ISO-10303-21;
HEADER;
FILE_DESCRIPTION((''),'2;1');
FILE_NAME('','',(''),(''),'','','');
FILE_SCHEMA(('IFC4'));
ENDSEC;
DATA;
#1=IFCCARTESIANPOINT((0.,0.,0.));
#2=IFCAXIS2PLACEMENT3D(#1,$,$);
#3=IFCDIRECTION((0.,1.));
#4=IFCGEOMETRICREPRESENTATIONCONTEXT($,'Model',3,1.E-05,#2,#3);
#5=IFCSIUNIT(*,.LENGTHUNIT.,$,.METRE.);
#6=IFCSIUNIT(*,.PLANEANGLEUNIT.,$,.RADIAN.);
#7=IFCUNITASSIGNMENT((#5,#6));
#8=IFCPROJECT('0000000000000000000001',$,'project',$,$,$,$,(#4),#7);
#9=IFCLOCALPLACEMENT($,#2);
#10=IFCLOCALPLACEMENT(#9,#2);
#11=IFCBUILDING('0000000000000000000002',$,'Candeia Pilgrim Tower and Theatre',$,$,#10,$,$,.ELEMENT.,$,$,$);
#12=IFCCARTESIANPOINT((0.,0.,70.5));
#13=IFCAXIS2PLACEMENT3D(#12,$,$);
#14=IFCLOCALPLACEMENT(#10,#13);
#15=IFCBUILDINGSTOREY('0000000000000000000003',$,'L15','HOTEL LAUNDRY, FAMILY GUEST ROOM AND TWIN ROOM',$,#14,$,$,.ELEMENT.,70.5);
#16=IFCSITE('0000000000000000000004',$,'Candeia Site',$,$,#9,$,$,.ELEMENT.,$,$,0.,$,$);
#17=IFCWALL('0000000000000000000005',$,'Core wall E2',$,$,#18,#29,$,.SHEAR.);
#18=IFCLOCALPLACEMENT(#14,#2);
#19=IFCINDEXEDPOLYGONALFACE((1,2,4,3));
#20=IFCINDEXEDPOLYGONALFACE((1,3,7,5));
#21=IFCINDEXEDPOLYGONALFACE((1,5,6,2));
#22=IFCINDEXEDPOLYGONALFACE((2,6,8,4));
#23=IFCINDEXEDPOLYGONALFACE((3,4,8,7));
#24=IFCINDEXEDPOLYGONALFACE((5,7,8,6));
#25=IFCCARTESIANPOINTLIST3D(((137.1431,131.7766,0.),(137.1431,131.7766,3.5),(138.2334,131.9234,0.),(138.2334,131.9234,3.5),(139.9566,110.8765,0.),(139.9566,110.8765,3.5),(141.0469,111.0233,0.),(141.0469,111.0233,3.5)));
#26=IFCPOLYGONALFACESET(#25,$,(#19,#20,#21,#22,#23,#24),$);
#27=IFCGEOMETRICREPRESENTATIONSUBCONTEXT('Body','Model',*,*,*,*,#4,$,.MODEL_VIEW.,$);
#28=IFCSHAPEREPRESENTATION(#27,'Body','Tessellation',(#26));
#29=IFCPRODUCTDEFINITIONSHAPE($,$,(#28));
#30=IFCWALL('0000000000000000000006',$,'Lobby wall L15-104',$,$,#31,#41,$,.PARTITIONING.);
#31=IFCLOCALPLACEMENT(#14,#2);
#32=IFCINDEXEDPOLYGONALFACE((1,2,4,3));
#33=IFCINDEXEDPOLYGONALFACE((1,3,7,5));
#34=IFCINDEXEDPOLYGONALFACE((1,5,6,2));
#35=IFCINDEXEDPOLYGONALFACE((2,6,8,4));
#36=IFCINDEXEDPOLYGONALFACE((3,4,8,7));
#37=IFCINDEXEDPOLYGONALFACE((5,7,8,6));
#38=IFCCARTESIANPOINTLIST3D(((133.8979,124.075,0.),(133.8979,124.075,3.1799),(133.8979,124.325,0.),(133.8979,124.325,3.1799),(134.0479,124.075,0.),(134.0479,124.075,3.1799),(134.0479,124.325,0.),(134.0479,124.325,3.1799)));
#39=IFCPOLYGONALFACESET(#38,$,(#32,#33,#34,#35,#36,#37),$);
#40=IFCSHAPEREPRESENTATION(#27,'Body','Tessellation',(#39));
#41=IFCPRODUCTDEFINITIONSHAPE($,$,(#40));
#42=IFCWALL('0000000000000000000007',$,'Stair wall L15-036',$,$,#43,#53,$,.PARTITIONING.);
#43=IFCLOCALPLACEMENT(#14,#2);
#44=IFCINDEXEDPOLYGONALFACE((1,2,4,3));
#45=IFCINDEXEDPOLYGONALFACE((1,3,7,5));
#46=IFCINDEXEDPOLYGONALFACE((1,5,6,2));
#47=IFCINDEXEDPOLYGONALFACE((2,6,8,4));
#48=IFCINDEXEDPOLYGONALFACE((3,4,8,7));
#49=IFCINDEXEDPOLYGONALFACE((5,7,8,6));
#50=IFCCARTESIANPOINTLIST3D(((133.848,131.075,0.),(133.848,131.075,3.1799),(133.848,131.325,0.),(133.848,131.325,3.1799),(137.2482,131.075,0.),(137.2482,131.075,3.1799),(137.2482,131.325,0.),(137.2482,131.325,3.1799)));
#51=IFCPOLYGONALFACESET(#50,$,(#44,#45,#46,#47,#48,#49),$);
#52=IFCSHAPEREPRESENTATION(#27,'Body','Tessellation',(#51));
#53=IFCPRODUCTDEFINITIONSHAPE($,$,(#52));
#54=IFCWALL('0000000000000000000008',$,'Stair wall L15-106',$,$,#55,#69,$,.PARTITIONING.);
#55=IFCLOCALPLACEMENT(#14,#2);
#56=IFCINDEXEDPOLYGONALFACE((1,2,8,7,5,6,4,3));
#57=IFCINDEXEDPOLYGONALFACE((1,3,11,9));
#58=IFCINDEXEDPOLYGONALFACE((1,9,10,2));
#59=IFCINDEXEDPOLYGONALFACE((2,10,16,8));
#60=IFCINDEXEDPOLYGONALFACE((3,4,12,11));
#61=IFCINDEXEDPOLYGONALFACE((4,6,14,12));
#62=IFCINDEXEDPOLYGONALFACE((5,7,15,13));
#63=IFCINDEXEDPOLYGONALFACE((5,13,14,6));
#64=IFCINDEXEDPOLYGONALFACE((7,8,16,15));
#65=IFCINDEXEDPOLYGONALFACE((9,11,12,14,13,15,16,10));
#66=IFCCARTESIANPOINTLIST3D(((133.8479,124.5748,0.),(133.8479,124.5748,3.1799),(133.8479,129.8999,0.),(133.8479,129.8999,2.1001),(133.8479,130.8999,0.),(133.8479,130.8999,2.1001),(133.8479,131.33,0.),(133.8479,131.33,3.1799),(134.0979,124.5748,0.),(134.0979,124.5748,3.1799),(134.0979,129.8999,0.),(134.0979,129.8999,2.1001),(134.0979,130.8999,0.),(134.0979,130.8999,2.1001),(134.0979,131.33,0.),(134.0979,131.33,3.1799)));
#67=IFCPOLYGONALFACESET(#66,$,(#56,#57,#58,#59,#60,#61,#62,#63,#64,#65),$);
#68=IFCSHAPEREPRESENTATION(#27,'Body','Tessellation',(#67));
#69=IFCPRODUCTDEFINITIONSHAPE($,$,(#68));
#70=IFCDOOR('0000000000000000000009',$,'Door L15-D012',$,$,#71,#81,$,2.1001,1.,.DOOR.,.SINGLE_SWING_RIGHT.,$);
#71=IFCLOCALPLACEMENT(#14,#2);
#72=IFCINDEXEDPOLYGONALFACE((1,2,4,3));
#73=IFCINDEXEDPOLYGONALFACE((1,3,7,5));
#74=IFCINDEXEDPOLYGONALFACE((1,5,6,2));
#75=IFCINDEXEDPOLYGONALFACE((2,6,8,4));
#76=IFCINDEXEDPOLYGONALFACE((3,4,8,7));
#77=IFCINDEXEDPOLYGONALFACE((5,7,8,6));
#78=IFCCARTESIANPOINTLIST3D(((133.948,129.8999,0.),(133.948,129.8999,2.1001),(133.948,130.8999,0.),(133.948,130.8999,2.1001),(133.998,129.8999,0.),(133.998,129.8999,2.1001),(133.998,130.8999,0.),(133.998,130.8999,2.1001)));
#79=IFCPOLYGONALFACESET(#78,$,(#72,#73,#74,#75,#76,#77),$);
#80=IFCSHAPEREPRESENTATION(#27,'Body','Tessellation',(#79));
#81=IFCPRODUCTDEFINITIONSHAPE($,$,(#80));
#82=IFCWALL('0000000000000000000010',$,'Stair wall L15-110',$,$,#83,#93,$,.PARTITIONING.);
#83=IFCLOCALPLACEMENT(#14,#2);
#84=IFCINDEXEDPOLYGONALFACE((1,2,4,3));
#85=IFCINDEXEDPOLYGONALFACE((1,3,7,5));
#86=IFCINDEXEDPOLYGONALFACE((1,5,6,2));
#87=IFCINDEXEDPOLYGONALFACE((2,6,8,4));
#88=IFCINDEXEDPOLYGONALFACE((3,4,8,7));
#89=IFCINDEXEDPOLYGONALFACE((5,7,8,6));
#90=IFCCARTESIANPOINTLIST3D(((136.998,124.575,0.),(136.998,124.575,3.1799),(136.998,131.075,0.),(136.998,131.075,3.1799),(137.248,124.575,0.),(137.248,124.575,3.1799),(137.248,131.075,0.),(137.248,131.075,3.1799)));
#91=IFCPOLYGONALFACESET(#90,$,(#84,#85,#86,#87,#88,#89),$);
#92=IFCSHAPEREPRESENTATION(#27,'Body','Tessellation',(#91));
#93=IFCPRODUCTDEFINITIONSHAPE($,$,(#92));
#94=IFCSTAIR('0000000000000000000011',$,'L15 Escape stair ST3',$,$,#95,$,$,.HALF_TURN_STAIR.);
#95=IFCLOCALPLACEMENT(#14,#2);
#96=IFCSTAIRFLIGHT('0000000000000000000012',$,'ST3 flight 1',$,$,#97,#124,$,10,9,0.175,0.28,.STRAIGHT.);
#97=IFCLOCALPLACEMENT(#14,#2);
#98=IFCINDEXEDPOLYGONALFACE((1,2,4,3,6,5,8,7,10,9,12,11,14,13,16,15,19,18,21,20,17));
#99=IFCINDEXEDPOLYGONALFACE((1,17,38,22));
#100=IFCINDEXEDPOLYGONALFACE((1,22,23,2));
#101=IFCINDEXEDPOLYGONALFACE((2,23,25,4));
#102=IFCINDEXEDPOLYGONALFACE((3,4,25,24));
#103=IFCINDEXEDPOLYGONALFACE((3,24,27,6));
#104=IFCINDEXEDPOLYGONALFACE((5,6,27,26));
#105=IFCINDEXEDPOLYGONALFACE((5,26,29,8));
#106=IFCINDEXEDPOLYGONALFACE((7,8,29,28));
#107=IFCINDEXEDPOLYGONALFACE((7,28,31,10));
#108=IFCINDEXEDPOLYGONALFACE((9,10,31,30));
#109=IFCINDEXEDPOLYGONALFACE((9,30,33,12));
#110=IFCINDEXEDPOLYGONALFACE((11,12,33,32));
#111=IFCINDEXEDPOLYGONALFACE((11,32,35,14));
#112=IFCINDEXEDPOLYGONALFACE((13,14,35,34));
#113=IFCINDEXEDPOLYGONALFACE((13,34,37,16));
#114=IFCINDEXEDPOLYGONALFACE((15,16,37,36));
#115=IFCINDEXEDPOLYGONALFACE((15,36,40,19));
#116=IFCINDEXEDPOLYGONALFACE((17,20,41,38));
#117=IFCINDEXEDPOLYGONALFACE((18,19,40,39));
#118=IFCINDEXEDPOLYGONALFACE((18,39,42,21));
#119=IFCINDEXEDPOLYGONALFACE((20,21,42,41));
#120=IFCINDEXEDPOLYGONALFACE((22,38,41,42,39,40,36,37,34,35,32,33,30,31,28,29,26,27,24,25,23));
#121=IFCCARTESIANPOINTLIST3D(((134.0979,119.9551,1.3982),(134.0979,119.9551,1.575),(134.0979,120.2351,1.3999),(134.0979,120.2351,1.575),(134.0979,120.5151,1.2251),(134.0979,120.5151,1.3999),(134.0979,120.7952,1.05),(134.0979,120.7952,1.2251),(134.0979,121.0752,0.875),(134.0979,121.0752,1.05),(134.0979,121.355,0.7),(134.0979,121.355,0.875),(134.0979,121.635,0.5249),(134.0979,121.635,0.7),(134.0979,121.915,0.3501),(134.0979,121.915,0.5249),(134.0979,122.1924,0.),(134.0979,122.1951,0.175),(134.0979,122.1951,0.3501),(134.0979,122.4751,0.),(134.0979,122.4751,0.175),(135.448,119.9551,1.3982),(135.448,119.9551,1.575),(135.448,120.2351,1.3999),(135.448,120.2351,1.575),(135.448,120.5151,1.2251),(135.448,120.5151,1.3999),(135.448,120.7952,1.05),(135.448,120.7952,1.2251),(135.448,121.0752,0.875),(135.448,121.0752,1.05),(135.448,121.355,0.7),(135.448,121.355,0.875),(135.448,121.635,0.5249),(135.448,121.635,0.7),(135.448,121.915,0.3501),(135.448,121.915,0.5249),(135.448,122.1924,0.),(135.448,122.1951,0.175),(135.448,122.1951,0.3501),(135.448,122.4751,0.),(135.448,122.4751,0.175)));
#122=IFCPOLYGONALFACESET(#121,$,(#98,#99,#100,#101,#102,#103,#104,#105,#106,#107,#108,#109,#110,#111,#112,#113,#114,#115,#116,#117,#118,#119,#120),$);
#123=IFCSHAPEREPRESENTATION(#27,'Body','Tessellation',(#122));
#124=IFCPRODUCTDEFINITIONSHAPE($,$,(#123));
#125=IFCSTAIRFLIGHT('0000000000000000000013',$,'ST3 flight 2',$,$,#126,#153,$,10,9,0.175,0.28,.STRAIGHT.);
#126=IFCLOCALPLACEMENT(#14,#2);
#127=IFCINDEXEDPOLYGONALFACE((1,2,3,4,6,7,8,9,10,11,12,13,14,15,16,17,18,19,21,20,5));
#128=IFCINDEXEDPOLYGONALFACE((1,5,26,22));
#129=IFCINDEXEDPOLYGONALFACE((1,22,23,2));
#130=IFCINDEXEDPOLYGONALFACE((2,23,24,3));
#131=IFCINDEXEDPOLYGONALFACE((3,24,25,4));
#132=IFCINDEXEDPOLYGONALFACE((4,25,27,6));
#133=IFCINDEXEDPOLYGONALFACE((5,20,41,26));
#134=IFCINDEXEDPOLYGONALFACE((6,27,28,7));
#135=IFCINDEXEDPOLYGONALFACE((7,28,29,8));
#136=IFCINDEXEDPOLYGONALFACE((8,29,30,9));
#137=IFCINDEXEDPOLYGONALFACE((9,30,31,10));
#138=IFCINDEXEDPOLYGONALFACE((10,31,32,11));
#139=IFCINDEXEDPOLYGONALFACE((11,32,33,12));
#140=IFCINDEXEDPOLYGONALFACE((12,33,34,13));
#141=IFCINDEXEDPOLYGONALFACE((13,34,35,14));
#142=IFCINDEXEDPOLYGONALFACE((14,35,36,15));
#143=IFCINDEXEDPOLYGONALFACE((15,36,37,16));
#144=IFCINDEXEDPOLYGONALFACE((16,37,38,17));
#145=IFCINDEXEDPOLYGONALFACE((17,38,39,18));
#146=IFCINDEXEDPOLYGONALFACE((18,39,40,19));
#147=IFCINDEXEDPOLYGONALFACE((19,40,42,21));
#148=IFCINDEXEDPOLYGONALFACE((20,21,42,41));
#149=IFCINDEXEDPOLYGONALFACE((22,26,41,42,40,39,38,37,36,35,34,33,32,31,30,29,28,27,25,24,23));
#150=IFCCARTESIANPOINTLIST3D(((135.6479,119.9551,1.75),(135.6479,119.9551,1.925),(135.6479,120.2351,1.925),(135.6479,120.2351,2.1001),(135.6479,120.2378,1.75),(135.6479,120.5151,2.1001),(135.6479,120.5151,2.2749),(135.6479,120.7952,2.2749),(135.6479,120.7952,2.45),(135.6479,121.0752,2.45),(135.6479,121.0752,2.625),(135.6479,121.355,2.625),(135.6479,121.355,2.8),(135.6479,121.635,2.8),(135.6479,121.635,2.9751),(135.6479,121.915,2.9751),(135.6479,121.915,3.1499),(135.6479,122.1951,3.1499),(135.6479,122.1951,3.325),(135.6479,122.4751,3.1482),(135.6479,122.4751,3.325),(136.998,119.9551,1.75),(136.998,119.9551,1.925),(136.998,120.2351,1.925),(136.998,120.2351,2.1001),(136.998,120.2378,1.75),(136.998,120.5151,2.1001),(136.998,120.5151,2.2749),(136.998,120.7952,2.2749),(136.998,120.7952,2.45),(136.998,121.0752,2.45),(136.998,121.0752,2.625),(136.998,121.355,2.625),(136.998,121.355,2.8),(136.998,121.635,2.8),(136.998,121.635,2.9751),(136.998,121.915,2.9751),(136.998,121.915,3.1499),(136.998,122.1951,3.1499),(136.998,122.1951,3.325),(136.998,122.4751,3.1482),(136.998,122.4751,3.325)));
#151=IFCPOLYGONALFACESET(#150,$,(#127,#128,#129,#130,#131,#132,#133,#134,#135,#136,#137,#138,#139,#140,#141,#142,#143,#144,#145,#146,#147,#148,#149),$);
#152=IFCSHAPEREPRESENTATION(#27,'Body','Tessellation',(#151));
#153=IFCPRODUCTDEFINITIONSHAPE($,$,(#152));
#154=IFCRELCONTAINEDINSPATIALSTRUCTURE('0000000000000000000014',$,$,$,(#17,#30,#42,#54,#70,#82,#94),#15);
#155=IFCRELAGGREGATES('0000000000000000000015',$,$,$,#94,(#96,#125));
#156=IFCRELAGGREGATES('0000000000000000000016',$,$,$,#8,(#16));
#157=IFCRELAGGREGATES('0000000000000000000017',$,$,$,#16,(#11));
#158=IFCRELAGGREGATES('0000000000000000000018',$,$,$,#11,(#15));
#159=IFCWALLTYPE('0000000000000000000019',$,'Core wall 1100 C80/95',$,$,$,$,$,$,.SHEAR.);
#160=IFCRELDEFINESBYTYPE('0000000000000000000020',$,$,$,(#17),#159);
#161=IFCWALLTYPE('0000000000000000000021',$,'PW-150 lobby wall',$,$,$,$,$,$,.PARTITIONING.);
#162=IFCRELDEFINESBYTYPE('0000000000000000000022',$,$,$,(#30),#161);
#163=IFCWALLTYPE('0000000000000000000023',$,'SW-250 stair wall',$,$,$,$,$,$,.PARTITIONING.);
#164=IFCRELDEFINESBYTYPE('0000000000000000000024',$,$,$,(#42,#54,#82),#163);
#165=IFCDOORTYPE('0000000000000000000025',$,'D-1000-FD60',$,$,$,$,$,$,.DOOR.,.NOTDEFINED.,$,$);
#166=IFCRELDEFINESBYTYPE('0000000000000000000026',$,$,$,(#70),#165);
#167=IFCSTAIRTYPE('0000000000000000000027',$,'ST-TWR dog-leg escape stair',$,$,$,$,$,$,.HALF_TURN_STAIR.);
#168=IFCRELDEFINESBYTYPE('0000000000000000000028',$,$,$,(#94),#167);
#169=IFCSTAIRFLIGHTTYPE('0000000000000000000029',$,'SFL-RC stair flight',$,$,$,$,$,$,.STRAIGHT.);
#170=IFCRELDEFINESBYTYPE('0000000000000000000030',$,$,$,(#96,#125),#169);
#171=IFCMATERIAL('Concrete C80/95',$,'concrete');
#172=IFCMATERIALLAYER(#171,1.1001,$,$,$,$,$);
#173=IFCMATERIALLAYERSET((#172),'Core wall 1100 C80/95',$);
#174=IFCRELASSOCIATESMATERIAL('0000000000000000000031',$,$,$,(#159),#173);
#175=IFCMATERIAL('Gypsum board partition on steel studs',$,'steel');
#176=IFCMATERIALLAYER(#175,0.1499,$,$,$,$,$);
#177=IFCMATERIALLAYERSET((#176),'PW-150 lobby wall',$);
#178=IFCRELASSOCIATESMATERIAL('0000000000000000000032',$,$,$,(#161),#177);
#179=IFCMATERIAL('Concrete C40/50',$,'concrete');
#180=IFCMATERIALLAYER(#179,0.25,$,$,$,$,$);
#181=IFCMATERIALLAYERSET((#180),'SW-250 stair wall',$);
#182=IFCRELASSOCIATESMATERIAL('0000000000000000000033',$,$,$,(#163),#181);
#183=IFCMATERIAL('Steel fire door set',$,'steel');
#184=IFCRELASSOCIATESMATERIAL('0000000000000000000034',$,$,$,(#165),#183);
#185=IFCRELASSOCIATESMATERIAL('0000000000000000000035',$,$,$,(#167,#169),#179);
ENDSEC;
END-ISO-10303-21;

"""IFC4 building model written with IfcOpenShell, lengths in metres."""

from ifc_helpers import new_model, si_unit, direction, frame, frame_2d, origin, place, context, subcontext, project, spatial, polyline, rectangle, outline, extrude, material, layer, layer_set, type_object, element, fill, aggregate, save


model = new_model("IFC4")

# Units and contexts
model_context = context("Model", 3, precision=1e-05, world=origin(), true_north=direction((0.0, 1.0)))
body_context = subcontext(model_context, "Body", "Model", "MODEL_VIEW")
ifc_project = project(units=[si_unit("LENGTHUNIT", "METRE"), si_unit("PLANEANGLEUNIT", "RADIAN")], contexts=[model_context])

# Site, building, storey
site_placement = place(None, origin())
site = spatial("IfcSite", under=ifc_project, at=site_placement, Name="Candeia Site", CompositionType="ELEMENT", RefElevation=0.0)
building_placement = place(site_placement, origin())
building = spatial("IfcBuilding", under=site, at=building_placement, Name="Candeia Pilgrim Tower and Theatre", CompositionType="ELEMENT")
storey_placement = place(building_placement, frame((0.0, 0.0, 70.5)))
storey = spatial("IfcBuildingStorey", under=building, at=storey_placement, Name="L15", Description="HOTEL LAUNDRY, FAMILY GUEST ROOM AND TWIN ROOM", CompositionType="ELEMENT", Elevation=70.5)

# Wall
ifc_material_1 = material(Name="Concrete C80/95", Category="concrete")
ifc_layer_1 = layer(ifc_material_1, 1.1001)
ifc_layer_set_1 = layer_set([ifc_layer_1], Name="Core wall 1100 C80/95")
wall_type_1 = type_object("IfcWallType", Name="Core wall 1100 C80/95", PredefinedType="SHEAR", material=ifc_layer_set_1)
wall_1_placement = place(storey_placement, frame((137.6882, 131.8501, 0.0), z_axis=(0.0, 0.0, 1.0), x_axis=(0.133412, -0.991061, 0.0)))
element("IfcWall", 1, at=wall_1_placement, inside=storey, type_object=wall_type_1, Name="Core wall E2", PredefinedType="SHEAR", context=body_context, shape_type="SweptSolid", body=[
    extrude(rectangle(XDim=21.0886, YDim=1.1001, at=frame_2d((10.5444, 0.0))), origin(), (0.0, 0.0, 1.0), 3.5),
])

# Walls
ifc_material_2 = material(Name="Gypsum board partition on steel studs", Category="steel")
ifc_layer_2 = layer(ifc_material_2, 0.1499)
ifc_layer_set_2 = layer_set([ifc_layer_2], Name="PW-150 lobby wall")
wall_type_2 = type_object("IfcWallType", Name="PW-150 lobby wall", PredefinedType="PARTITIONING", material=ifc_layer_set_2)
wall_2_placement = place(storey_placement, frame((133.9729, 124.075, 0.0), z_axis=(0.0, 0.0, 1.0), x_axis=(0.0, 1.0, 0.0)))
element("IfcWall", 2, at=wall_2_placement, inside=storey, type_object=wall_type_2, Name="Lobby wall L15-104", PredefinedType="PARTITIONING", context=body_context, shape_type="SweptSolid", body=[
    extrude(rectangle(XDim=0.25, YDim=0.1499, at=frame_2d((0.125, 0.0))), origin(), (0.0, 0.0, 1.0), 3.1799),
])
ifc_material_3 = material(Name="Concrete C40/50", Category="concrete")
ifc_layer_3 = layer(ifc_material_3, 0.25)
ifc_layer_set_3 = layer_set([ifc_layer_3], Name="SW-250 stair wall")
wall_type_3 = type_object("IfcWallType", Name="SW-250 stair wall", PredefinedType="PARTITIONING", material=ifc_layer_set_3)
wall_3_placement = place(storey_placement, frame((133.8479, 131.2, 0.0), z_axis=(0.0, 0.0, 1.0), x_axis=(1.0, 0.0, 0.0)))
element("IfcWall", 3, at=wall_3_placement, inside=storey, type_object=wall_type_3, Name="Stair wall L15-036", PredefinedType="PARTITIONING", context=body_context, shape_type="SweptSolid", body=[
    extrude(rectangle(XDim=3.4001, YDim=0.25, at=frame_2d((1.7002, 0.0))), origin(), (0.0, 0.0, 1.0), 3.1799),
])

# Wall, opening, door
wall_4_placement = place(storey_placement, frame((133.9729, 124.575, 0.0), z_axis=(0.0, 0.0, 1.0), x_axis=(0.0, 1.0, 0.0)))
wall_4 = element("IfcWall", 4, at=wall_4_placement, inside=storey, type_object=wall_type_3, Name="Stair wall L15-106", PredefinedType="PARTITIONING", context=body_context, shape_type="SweptSolid", body=[
    extrude(rectangle(XDim=6.7551, YDim=0.25, at=frame_2d((3.3774, 0.0))), origin(), (0.0, 0.0, 1.0), 3.1799),
])
opening_1_placement = place(wall_4_placement, frame((5.325, 0.0, 0.0)))
opening_1 = element("IfcOpeningElement", 5, at=opening_1_placement, cuts=wall_4, PredefinedType="OPENING", context=body_context, shape_type="SweptSolid", body=[
    extrude(rectangle(XDim=1.0, YDim=2.1001, at=frame_2d((0.5, 1.05))), frame((0.0, 0.135, 0.0), z_axis=(0.0, -1.0, 0.0), x_axis=(1.0, 0.0, 0.0)), (0.0, 0.0, 1.0), 0.27),
])
ifc_material_4 = material(Name="Steel fire door set", Category="steel")
door_type_1 = type_object("IfcDoorType", Name="D-1000-FD60", OperationType="NOTDEFINED", PredefinedType="DOOR", material=ifc_material_4)
door_1_placement = place(opening_1_placement, origin())
door_1 = element("IfcDoor", 6, at=door_1_placement, inside=storey, type_object=door_type_1, Name="Door L15-D012", OperationType="SINGLE_SWING_RIGHT", OverallHeight=2.1001, OverallWidth=1.0, PredefinedType="DOOR", context=body_context, shape_type="SweptSolid", body=[
    extrude(rectangle(XDim=1.0, YDim=2.1001, at=frame_2d((0.5, 1.05))), frame((0.0, 0.0249, 0.0), z_axis=(0.0, -1.0, 0.0), x_axis=(1.0, 0.0, 0.0)), (0.0, 0.0, 1.0), 0.05),
])
fill(opening_1, door_1)

# Wall
wall_5_placement = place(storey_placement, frame((137.123, 124.575, 0.0), z_axis=(0.0, 0.0, 1.0), x_axis=(0.0, 1.0, 0.0)))
element("IfcWall", 7, at=wall_5_placement, inside=storey, type_object=wall_type_3, Name="Stair wall L15-110", PredefinedType="PARTITIONING", context=body_context, shape_type="SweptSolid", body=[
    extrude(rectangle(XDim=6.5, YDim=0.25, at=frame_2d((3.25, 0.0))), origin(), (0.0, 0.0, 1.0), 3.1799),
])

# Stair, stair flights
stair_type = type_object("IfcStairType", Name="ST-TWR dog-leg escape stair", PredefinedType="HALF_TURN_STAIR", material=ifc_material_3)
stair_1_placement = place(storey_placement, origin())
stair_1 = element("IfcStair", 8, at=stair_1_placement, inside=storey, type_object=stair_type, Name="L15 Escape stair ST3", PredefinedType="HALF_TURN_STAIR")
stair_flight_type = type_object("IfcStairFlightType", Name="SFL-RC stair flight", PredefinedType="STRAIGHT", material=ifc_material_3)
stair_flight_1_placement = place(storey_placement, frame((134.7729, 122.4751, 0.0), z_axis=(0.0, 0.0, 1.0), x_axis=(0.0, -1.0, 0.0)))
stair_flight_1 = element("IfcStairFlight", 9, at=stair_flight_1_placement, type_object=stair_flight_type, Name="ST3 flight 1", NumberOfRisers=10, NumberOfTreads=9, PredefinedType="STRAIGHT", RiserHeight=0.175, TreadLength=0.28, context=body_context, shape_type="SweptSolid", body=[
    extrude(outline(polyline([(0.0, 0.0), (0.0, 0.175), (0.28, 0.175), (0.28, 0.3501), (0.5601, 0.3501), (0.5601, 0.5249), (0.8401, 0.5249), (0.8401, 0.7), (1.1201, 0.7), (1.1201, 0.875), (1.3999, 0.875), (1.3999, 1.05), (1.6799, 1.05), (1.6799, 1.2251), (1.96, 1.2251), (1.96, 1.3999), (2.24, 1.3999), (2.24, 1.575), (2.52, 1.575), (2.52, 1.75), (2.52, 1.3982), (0.2827, 0.0), (0.0, 0.0)])), frame((0.0, 0.675, 0.0), z_axis=(0.0, -1.0, 0.0), x_axis=(1.0, 0.0, 0.0)), (0.0, 0.0, 1.0), 1.3501),
])
stair_flight_2_placement = place(storey_placement, frame((136.323, 119.9551, 1.75), z_axis=(0.0, 0.0, 1.0), x_axis=(0.0, 1.0, 0.0)))
stair_flight_2 = element("IfcStairFlight", 10, at=stair_flight_2_placement, type_object=stair_flight_type, Name="ST3 flight 2", NumberOfRisers=10, NumberOfTreads=9, PredefinedType="STRAIGHT", RiserHeight=0.175, TreadLength=0.28, context=body_context, shape_type="SweptSolid", body=[
    extrude(outline(polyline([(0.0, 0.0), (0.0, 0.175), (0.28, 0.175), (0.28, 0.3501), (0.5601, 0.3501), (0.5601, 0.5249), (0.8401, 0.5249), (0.8401, 0.7), (1.1201, 0.7), (1.1201, 0.875), (1.3999, 0.875), (1.3999, 1.05), (1.6799, 1.05), (1.6799, 1.2251), (1.96, 1.2251), (1.96, 1.3999), (2.24, 1.3999), (2.24, 1.575), (2.52, 1.575), (2.52, 1.75), (2.52, 1.3982), (0.2827, 0.0), (0.0, 0.0)])), frame((0.0, 0.675, 0.0), z_axis=(0.0, -1.0, 0.0), x_axis=(1.0, 0.0, 0.0)), (0.0, 0.0, 1.0), 1.3501),
])
aggregate(stair_1, [stair_flight_1, stair_flight_2])

save(model, "model.ifc")
